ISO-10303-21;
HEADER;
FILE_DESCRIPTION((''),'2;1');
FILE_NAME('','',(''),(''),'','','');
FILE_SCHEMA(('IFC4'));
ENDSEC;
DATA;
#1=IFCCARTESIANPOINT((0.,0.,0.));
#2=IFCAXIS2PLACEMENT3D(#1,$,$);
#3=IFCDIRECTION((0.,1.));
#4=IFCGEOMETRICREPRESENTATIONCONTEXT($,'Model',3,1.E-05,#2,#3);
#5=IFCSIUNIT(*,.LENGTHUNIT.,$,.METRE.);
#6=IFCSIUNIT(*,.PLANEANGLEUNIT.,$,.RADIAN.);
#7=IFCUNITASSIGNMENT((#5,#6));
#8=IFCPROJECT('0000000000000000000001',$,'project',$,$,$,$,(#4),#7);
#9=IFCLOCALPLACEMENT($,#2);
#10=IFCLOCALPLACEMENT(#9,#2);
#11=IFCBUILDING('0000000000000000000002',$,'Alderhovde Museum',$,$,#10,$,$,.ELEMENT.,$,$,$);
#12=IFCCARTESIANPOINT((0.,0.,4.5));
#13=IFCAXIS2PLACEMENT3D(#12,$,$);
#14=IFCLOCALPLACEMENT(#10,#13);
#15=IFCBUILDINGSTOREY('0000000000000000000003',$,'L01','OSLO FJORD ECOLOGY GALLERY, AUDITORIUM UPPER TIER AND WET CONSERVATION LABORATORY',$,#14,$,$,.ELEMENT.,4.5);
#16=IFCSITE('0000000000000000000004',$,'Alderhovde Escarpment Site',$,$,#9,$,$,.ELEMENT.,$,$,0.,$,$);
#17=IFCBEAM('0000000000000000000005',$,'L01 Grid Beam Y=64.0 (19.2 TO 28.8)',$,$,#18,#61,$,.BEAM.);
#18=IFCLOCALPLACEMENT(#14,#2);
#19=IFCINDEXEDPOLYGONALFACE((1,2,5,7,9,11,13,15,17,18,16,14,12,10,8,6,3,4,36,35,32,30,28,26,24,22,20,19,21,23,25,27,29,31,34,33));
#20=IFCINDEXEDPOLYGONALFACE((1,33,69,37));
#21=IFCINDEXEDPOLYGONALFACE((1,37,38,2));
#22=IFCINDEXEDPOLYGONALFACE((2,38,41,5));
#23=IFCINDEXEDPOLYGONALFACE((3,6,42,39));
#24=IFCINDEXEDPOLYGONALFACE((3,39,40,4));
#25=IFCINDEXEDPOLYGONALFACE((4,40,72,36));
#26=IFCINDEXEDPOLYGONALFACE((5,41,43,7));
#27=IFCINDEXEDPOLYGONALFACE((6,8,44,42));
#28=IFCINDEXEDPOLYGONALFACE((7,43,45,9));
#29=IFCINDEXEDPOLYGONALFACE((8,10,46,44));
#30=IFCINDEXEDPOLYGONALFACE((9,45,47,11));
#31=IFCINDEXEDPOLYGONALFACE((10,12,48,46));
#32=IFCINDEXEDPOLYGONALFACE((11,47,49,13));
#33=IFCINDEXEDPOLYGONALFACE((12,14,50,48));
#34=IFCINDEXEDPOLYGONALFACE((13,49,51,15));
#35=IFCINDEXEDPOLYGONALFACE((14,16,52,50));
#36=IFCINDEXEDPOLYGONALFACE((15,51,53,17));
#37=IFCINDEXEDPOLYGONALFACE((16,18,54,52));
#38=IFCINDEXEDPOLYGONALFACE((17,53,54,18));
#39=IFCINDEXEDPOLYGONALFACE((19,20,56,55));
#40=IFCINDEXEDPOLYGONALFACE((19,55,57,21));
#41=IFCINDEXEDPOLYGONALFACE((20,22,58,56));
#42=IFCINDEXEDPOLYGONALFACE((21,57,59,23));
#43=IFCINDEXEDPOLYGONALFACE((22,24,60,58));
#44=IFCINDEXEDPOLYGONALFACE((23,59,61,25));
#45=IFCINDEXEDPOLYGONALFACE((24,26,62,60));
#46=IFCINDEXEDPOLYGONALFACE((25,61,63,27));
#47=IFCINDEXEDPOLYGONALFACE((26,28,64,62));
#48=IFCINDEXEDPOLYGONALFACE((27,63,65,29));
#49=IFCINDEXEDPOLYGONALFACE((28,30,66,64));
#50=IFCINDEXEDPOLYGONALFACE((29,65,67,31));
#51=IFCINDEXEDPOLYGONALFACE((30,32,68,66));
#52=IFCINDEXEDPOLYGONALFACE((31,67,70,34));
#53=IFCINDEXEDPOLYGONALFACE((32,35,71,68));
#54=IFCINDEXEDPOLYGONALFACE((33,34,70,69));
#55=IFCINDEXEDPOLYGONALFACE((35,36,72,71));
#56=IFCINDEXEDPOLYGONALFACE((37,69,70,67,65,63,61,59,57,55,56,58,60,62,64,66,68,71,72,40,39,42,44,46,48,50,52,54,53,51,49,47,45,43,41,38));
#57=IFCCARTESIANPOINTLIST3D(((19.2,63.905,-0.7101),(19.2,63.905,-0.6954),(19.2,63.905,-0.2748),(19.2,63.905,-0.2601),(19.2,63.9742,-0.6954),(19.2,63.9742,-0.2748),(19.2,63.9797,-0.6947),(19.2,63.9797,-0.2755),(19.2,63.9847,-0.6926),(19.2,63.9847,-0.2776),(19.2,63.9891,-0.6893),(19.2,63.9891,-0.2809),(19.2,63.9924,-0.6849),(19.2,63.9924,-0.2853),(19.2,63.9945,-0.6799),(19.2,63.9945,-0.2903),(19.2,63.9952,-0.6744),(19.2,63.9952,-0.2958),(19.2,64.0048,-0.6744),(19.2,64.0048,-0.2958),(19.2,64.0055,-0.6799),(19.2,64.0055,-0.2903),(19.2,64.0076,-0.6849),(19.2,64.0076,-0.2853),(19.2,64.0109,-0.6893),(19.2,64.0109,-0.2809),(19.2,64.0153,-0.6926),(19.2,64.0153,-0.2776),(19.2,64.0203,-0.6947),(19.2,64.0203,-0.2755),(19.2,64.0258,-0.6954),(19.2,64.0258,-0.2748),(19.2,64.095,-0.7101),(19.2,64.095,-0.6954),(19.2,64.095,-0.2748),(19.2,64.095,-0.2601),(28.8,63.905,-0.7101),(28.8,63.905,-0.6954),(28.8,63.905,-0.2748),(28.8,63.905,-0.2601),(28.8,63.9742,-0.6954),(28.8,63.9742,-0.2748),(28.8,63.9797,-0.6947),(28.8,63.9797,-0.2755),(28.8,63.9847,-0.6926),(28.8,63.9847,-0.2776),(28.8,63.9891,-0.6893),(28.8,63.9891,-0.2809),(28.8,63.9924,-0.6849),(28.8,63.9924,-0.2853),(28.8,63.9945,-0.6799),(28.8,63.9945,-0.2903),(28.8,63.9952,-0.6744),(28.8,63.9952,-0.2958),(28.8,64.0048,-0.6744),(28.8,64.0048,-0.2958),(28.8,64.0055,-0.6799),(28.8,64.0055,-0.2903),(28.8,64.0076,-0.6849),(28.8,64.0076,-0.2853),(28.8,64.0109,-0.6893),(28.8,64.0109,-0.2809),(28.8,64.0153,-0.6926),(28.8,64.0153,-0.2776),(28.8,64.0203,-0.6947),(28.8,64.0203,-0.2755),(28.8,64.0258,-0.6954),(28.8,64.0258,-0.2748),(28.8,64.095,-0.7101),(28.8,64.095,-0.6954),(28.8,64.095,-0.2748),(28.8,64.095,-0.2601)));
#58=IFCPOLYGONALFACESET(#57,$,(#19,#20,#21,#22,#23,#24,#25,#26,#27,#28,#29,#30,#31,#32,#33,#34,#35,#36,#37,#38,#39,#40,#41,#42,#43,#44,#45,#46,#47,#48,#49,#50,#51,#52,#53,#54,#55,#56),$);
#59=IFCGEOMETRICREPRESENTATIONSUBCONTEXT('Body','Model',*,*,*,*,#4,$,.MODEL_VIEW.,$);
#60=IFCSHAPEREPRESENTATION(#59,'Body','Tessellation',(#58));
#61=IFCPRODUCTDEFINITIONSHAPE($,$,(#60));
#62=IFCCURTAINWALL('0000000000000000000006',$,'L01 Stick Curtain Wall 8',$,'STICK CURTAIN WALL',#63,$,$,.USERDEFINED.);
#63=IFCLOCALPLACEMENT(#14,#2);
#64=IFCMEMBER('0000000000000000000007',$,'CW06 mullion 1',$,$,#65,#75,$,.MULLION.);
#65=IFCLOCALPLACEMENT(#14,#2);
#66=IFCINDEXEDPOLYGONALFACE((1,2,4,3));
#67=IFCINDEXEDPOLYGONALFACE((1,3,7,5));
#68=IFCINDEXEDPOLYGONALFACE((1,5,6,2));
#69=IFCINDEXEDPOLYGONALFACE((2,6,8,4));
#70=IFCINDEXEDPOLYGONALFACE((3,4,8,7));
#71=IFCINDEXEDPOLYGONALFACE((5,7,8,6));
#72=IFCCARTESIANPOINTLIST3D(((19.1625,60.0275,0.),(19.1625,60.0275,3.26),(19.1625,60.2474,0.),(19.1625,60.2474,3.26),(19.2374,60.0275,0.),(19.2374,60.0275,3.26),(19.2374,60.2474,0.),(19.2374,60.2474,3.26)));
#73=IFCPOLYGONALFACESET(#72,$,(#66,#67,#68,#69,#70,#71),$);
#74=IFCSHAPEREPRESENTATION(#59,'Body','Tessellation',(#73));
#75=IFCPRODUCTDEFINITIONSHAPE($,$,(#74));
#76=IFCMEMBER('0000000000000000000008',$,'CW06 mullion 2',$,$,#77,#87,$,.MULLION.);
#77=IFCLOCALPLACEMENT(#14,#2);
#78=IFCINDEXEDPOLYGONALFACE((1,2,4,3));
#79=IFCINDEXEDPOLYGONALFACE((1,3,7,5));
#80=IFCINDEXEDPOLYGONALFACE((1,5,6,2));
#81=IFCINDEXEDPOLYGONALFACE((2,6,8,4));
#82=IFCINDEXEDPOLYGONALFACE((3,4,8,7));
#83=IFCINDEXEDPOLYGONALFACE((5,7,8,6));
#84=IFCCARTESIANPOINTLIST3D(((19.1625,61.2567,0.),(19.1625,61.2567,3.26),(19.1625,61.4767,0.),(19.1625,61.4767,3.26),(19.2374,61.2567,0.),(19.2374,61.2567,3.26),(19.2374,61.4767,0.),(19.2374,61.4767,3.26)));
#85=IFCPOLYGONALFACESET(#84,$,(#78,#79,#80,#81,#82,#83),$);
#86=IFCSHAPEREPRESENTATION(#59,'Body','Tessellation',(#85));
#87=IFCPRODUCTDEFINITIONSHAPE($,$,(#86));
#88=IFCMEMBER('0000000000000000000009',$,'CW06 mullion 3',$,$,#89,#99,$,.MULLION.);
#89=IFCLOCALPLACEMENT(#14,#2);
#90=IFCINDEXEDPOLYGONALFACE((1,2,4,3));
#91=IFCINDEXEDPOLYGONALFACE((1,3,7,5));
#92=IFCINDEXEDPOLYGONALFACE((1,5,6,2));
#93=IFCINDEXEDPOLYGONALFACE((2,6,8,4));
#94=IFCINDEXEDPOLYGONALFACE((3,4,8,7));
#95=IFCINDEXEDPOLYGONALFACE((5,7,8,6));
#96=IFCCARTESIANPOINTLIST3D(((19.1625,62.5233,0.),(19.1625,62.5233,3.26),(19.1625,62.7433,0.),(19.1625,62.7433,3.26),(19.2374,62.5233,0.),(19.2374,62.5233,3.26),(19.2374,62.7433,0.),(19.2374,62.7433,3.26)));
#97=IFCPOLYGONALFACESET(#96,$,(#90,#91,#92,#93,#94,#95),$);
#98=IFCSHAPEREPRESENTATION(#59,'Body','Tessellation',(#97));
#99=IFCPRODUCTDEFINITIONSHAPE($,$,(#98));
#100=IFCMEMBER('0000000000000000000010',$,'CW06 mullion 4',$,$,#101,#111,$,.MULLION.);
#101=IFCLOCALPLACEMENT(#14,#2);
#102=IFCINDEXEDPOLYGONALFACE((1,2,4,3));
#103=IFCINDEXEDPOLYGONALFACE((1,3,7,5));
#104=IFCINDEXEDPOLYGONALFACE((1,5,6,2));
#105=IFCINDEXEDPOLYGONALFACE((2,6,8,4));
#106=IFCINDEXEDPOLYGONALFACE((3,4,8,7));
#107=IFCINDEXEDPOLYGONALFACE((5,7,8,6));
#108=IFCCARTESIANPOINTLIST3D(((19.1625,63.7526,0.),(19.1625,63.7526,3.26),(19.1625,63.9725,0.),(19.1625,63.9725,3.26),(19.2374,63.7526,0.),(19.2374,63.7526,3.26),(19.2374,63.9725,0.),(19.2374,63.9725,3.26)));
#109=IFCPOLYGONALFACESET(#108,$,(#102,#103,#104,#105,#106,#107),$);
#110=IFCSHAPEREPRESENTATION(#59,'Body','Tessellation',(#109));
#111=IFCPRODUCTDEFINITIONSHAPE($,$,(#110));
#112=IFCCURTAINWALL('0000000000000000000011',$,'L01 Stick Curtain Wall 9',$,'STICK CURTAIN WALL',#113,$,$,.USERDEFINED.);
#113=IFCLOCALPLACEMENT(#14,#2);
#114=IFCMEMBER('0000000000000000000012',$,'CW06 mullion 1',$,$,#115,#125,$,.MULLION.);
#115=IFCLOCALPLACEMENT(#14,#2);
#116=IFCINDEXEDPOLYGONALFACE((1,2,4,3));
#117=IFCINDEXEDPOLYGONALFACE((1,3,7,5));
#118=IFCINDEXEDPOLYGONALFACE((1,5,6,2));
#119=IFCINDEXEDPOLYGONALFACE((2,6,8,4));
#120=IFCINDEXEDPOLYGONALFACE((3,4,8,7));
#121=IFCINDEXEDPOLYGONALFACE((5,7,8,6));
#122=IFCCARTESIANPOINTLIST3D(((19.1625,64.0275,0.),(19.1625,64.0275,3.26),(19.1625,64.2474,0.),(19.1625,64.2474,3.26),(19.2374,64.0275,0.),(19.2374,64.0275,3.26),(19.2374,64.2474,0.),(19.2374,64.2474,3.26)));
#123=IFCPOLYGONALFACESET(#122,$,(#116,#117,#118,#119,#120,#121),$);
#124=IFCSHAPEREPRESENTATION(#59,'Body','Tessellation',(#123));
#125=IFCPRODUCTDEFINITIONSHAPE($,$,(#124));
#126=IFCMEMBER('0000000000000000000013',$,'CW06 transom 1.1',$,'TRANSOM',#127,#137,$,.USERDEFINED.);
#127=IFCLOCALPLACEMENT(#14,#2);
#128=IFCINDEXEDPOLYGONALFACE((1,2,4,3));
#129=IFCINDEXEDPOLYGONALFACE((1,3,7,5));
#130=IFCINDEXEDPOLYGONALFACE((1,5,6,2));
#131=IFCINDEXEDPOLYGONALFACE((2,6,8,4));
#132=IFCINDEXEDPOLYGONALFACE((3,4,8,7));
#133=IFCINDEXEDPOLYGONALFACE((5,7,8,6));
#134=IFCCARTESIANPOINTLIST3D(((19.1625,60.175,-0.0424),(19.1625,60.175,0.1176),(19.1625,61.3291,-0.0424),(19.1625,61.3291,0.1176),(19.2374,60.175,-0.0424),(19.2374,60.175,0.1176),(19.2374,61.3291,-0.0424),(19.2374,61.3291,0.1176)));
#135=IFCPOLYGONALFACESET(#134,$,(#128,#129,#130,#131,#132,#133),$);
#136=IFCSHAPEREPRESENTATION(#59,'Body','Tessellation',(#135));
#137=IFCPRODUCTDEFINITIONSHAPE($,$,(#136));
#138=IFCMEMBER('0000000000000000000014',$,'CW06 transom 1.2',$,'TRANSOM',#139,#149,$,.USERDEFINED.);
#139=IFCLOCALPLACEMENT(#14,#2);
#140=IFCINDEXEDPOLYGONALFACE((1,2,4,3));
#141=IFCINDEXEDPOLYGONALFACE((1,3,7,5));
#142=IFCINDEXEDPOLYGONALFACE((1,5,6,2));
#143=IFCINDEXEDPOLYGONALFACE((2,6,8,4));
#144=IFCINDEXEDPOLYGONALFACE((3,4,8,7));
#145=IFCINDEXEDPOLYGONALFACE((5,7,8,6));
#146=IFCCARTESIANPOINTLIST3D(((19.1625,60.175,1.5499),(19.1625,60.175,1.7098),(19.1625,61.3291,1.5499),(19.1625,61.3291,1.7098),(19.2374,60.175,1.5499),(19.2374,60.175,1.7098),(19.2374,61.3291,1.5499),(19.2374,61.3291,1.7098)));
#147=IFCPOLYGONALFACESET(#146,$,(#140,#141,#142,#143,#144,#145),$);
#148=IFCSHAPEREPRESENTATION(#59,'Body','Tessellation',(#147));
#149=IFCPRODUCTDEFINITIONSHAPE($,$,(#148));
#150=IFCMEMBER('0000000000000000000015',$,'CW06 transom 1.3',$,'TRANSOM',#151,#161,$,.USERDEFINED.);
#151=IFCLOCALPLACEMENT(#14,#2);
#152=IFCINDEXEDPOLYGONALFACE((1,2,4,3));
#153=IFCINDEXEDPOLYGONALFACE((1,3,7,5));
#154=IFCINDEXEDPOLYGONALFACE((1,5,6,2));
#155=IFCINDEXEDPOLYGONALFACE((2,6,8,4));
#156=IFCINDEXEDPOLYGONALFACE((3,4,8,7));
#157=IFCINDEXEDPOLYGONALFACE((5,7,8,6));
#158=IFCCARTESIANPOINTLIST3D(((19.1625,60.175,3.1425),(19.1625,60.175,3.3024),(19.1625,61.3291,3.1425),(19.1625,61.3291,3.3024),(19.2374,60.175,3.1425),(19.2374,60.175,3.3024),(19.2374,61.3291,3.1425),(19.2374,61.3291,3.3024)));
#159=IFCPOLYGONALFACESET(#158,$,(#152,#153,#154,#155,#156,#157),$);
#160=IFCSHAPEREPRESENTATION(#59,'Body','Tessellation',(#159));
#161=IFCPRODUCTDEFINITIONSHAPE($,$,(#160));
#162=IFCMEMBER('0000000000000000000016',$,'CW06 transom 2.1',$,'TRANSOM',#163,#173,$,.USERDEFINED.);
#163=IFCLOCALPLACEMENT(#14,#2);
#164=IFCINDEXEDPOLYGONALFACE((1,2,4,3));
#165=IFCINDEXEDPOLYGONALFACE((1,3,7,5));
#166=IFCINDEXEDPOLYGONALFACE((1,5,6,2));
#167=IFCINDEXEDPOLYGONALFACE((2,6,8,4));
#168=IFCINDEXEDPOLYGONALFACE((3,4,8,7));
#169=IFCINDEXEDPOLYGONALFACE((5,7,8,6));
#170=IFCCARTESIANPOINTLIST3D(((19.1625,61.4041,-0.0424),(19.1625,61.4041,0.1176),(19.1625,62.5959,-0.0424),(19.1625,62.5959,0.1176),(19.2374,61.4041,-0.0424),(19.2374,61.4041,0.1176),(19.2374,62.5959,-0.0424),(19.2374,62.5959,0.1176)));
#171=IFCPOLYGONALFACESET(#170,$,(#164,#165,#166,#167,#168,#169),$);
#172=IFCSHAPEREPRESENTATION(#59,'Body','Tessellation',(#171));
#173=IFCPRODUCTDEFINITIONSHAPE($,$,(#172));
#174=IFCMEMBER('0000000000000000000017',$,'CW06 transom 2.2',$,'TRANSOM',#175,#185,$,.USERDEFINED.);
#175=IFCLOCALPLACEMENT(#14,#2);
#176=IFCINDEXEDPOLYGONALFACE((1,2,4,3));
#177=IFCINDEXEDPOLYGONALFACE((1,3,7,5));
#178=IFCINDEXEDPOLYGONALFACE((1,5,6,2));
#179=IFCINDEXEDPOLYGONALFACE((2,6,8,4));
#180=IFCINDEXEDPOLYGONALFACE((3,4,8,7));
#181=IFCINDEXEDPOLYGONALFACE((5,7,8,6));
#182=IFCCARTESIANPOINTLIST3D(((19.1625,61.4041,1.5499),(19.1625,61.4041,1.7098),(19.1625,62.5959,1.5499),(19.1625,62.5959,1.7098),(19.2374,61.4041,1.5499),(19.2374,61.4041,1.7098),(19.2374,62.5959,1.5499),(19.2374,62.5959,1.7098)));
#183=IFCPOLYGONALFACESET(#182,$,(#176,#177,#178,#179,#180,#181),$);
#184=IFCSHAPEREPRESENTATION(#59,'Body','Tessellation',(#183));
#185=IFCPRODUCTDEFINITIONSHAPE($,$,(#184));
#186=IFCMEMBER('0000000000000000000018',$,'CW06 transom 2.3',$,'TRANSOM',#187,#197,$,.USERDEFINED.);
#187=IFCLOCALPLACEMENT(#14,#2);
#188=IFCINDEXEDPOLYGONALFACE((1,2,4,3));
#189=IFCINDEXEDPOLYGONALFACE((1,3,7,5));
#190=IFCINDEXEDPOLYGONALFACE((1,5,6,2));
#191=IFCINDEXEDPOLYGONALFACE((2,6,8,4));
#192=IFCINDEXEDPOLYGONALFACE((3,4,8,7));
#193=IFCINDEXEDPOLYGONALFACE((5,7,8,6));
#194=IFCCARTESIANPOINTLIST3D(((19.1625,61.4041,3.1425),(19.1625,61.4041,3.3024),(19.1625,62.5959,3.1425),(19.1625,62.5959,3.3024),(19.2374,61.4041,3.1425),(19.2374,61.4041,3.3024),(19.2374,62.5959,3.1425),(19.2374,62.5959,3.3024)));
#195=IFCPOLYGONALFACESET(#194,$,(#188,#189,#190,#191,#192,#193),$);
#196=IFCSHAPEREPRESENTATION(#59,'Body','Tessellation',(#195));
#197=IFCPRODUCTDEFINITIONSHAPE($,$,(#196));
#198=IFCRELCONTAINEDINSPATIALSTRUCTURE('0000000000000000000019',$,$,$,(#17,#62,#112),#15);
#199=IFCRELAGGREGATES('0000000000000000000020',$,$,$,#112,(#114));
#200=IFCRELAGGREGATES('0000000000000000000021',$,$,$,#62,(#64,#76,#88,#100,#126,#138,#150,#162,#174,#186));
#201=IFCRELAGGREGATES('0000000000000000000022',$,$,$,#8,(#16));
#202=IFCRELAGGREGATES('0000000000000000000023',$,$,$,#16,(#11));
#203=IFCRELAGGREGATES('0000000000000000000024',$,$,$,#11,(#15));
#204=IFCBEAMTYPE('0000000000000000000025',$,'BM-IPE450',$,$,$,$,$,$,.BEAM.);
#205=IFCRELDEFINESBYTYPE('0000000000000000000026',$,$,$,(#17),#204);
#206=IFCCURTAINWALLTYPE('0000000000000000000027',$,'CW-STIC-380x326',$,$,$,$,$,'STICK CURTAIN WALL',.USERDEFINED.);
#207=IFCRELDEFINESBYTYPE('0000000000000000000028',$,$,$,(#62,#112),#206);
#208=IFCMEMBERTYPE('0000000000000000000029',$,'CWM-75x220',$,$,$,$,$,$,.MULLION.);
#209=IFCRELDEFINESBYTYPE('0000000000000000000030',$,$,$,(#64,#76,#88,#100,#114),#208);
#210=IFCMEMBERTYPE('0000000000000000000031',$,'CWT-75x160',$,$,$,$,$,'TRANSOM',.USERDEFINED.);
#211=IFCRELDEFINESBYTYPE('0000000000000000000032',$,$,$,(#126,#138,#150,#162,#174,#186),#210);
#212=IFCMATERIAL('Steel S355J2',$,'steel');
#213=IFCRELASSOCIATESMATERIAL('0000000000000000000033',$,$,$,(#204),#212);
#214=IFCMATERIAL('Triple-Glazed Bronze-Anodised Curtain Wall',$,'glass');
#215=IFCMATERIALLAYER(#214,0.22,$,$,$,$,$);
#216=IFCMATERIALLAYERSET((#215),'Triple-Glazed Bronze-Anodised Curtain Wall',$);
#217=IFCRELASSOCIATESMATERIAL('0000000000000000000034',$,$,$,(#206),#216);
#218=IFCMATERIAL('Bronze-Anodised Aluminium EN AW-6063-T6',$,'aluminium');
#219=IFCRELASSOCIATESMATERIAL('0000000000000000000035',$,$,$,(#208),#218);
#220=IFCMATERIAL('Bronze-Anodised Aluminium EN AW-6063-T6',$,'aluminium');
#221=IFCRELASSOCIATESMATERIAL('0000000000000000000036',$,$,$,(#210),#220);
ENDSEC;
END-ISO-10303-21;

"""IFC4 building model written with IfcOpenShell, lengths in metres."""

from ifc_helpers import new_model, si_unit, direction, frame, origin, origin_2d, place, context, subcontext, project, spatial, rectangle, i_section, extrude, material, layer, layer_set, material_profile, profile_set, type_object, element, aggregate, save


model = new_model("IFC4")

# Units and contexts
model_context = context("Model", 3, precision=1e-05, world=origin(), true_north=direction((0.0, 1.0)))
body_context = subcontext(model_context, "Body", "Model", "MODEL_VIEW")
ifc_project = project(units=[si_unit("LENGTHUNIT", "METRE"), si_unit("PLANEANGLEUNIT", "RADIAN")], contexts=[model_context])

# Site, building, storey
site_placement = place(None, origin())
site = spatial("IfcSite", under=ifc_project, at=site_placement, Name="Alderhovde Escarpment Site", CompositionType="ELEMENT", RefElevation=0.0)
building_placement = place(site_placement, origin())
building = spatial("IfcBuilding", under=site, at=building_placement, Name="Alderhovde Museum", CompositionType="ELEMENT")
storey_placement = place(building_placement, frame((0.0, 0.0, 4.5)))
storey = spatial("IfcBuildingStorey", under=building, at=storey_placement, Name="L01", Description="OSLO FJORD ECOLOGY GALLERY, AUDITORIUM UPPER TIER AND WET CONSERVATION LABORATORY", CompositionType="ELEMENT", Elevation=4.5)

# Beam
ifc_material_1 = material(Name="Steel S355J2", Category="steel")
ifc_material_profile_1 = material_profile(ifc_material_1, i_section(OverallWidth=0.1899, OverallDepth=0.45, WebThickness=0.0095, FlangeThickness=0.0146, FilletRadius=0.021, at=origin_2d()), Name="IPE 450")
ifc_profile_set_1 = profile_set([ifc_material_profile_1], Name="Steel S355J2")
beam_type_1 = type_object("IfcBeamType", Name="BM-IPE450", PredefinedType="BEAM", material=ifc_profile_set_1)
beam_1_placement = place(storey_placement, frame((19.2, 64.0, -0.4851), z_axis=(1.0, 0.0, 0.0), x_axis=(0.0, 1.0, 0.0)))
element("IfcBeam", 1, at=beam_1_placement, inside=storey, type_object=beam_type_1, Name="L01 Grid Beam Y=64.0 (19.2 TO 28.8)", PredefinedType="BEAM", context=body_context, shape_type="SweptSolid", body=[
    extrude(i_section(OverallWidth=0.1899, OverallDepth=0.45, WebThickness=0.0095, FlangeThickness=0.0146, FilletRadius=0.021, at=origin_2d()), origin(), (0.0, 0.0, 1.0), 9.6001),
])

# Curtain wall, members
ifc_material_2 = material(Name="Triple-Glazed Bronze-Anodised Curtain Wall", Category="glass")
ifc_layer_1 = layer(ifc_material_2, 0.22)
ifc_layer_set_1 = layer_set([ifc_layer_1], Name="Triple-Glazed Bronze-Anodised Curtain Wall")
curtain_wall_type = type_object("IfcCurtainWallType", Name="CW-STIC-380x326", ElementType="STICK CURTAIN WALL", PredefinedType="USERDEFINED", material=ifc_layer_set_1)
curtain_wall_1_placement = place(storey_placement, origin())
curtain_wall_1 = element("IfcCurtainWall", 2, at=curtain_wall_1_placement, inside=storey, type_object=curtain_wall_type, Name="L01 Stick Curtain Wall 8", ObjectType="STICK CURTAIN WALL", PredefinedType="USERDEFINED")
ifc_material_3 = material(Name="Bronze-Anodised Aluminium EN AW-6063-T6", Category="aluminium")
ifc_material_profile_2 = material_profile(ifc_material_3, rectangle(XDim=0.075, YDim=0.22, at=origin_2d()), Name="MULLION 75x220")
ifc_profile_set_2 = profile_set([ifc_material_profile_2], Name="Bronze-Anodised Aluminium EN AW-6063-T6")
member_type_1 = type_object("IfcMemberType", Name="CWM-75x220", PredefinedType="MULLION", material=ifc_profile_set_2)
member_1_placement = place(storey_placement, frame((19.2, 60.1375, 0.0), z_axis=(0.0, 0.0, 1.0), x_axis=(-1.0, 0.0, 0.0)))
member_1 = element("IfcMember", 3, at=member_1_placement, type_object=member_type_1, Name="CW06 mullion 1", PredefinedType="MULLION", context=body_context, shape_type="SweptSolid", body=[
    extrude(rectangle(XDim=0.075, YDim=0.22, at=origin_2d()), origin(), (0.0, 0.0, 1.0), 3.26),
])
member_2_placement = place(storey_placement, frame((19.2, 61.3667, 0.0), z_axis=(0.0, 0.0, 1.0), x_axis=(-1.0, 0.0, 0.0)))
member_2 = element("IfcMember", 4, at=member_2_placement, type_object=member_type_1, Name="CW06 mullion 2", PredefinedType="MULLION", context=body_context, shape_type="SweptSolid", body=[
    extrude(rectangle(XDim=0.075, YDim=0.22, at=origin_2d()), origin(), (0.0, 0.0, 1.0), 3.26),
])
member_3_placement = place(storey_placement, frame((19.2, 62.6333, 0.0), z_axis=(0.0, 0.0, 1.0), x_axis=(-1.0, 0.0, 0.0)))
member_3 = element("IfcMember", 5, at=member_3_placement, type_object=member_type_1, Name="CW06 mullion 3", PredefinedType="MULLION", context=body_context, shape_type="SweptSolid", body=[
    extrude(rectangle(XDim=0.075, YDim=0.22, at=origin_2d()), origin(), (0.0, 0.0, 1.0), 3.26),
])
member_4_placement = place(storey_placement, frame((19.2, 63.8625, 0.0), z_axis=(0.0, 0.0, 1.0), x_axis=(-1.0, 0.0, 0.0)))
member_4 = element("IfcMember", 6, at=member_4_placement, type_object=member_type_1, Name="CW06 mullion 4", PredefinedType="MULLION", context=body_context, shape_type="SweptSolid", body=[
    extrude(rectangle(XDim=0.075, YDim=0.22, at=origin_2d()), origin(), (0.0, 0.0, 1.0), 3.26),
])

# Curtain wall, member
curtain_wall_2_placement = place(storey_placement, origin())
curtain_wall_2 = element("IfcCurtainWall", 7, at=curtain_wall_2_placement, inside=storey, type_object=curtain_wall_type, Name="L01 Stick Curtain Wall 9", ObjectType="STICK CURTAIN WALL", PredefinedType="USERDEFINED")
member_5_placement = place(storey_placement, frame((19.2, 64.1375, 0.0), z_axis=(0.0, 0.0, 1.0), x_axis=(-1.0, 0.0, 0.0)))
member_5 = element("IfcMember", 8, at=member_5_placement, type_object=member_type_1, Name="CW06 mullion 1", PredefinedType="MULLION", context=body_context, shape_type="SweptSolid", body=[
    extrude(rectangle(XDim=0.075, YDim=0.22, at=origin_2d()), origin(), (0.0, 0.0, 1.0), 3.26),
])

# Members
ifc_material_4 = material(Name="Bronze-Anodised Aluminium EN AW-6063-T6", Category="aluminium")
ifc_material_profile_3 = material_profile(ifc_material_4, rectangle(XDim=0.075, YDim=0.1599, at=origin_2d()), Name="TRANSOM 75x160")
ifc_profile_set_3 = profile_set([ifc_material_profile_3], Name="Bronze-Anodised Aluminium EN AW-6063-T6")
member_type_2 = type_object("IfcMemberType", Name="CWT-75x160", ElementType="TRANSOM", PredefinedType="USERDEFINED", material=ifc_profile_set_3)
member_6_placement = place(storey_placement, frame((19.2, 60.175, 0.0376), z_axis=(0.0, 1.0, 0.0), x_axis=(-1.0, 0.0, 0.0)))
member_6 = element("IfcMember", 9, at=member_6_placement, type_object=member_type_2, Name="CW06 transom 1.1", ObjectType="TRANSOM", PredefinedType="USERDEFINED", context=body_context, shape_type="SweptSolid", body=[
    extrude(rectangle(XDim=0.075, YDim=0.1599, at=origin_2d()), origin(), (0.0, 0.0, 1.0), 1.1541),
])
member_7_placement = place(storey_placement, frame((19.2, 60.175, 1.6299), z_axis=(0.0, 1.0, 0.0), x_axis=(-1.0, 0.0, 0.0)))
member_7 = element("IfcMember", 10, at=member_7_placement, type_object=member_type_2, Name="CW06 transom 1.2", ObjectType="TRANSOM", PredefinedType="USERDEFINED", context=body_context, shape_type="SweptSolid", body=[
    extrude(rectangle(XDim=0.075, YDim=0.1599, at=origin_2d()), origin(), (0.0, 0.0, 1.0), 1.1541),
])
member_8_placement = place(storey_placement, frame((19.2, 60.175, 3.2224), z_axis=(0.0, 1.0, 0.0), x_axis=(-1.0, 0.0, 0.0)))
member_8 = element("IfcMember", 11, at=member_8_placement, type_object=member_type_2, Name="CW06 transom 1.3", ObjectType="TRANSOM", PredefinedType="USERDEFINED", context=body_context, shape_type="SweptSolid", body=[
    extrude(rectangle(XDim=0.075, YDim=0.1599, at=origin_2d()), origin(), (0.0, 0.0, 1.0), 1.1541),
])
member_9_placement = place(storey_placement, frame((19.2, 61.4041, 0.0376), z_axis=(0.0, 1.0, 0.0), x_axis=(-1.0, 0.0, 0.0)))
member_9 = element("IfcMember", 12, at=member_9_placement, type_object=member_type_2, Name="CW06 transom 2.1", ObjectType="TRANSOM", PredefinedType="USERDEFINED", context=body_context, shape_type="SweptSolid", body=[
    extrude(rectangle(XDim=0.075, YDim=0.1599, at=origin_2d()), origin(), (0.0, 0.0, 1.0), 1.1919),
])
member_10_placement = place(storey_placement, frame((19.2, 61.4041, 1.6299), z_axis=(0.0, 1.0, 0.0), x_axis=(-1.0, 0.0, 0.0)))
member_10 = element("IfcMember", 13, at=member_10_placement, type_object=member_type_2, Name="CW06 transom 2.2", ObjectType="TRANSOM", PredefinedType="USERDEFINED", context=body_context, shape_type="SweptSolid", body=[
    extrude(rectangle(XDim=0.075, YDim=0.1599, at=origin_2d()), origin(), (0.0, 0.0, 1.0), 1.1919),
])
member_11_placement = place(storey_placement, frame((19.2, 61.4041, 3.2224), z_axis=(0.0, 1.0, 0.0), x_axis=(-1.0, 0.0, 0.0)))
member_11 = element("IfcMember", 14, at=member_11_placement, type_object=member_type_2, Name="CW06 transom 2.3", ObjectType="TRANSOM", PredefinedType="USERDEFINED", context=body_context, shape_type="SweptSolid", body=[
    extrude(rectangle(XDim=0.075, YDim=0.1599, at=origin_2d()), origin(), (0.0, 0.0, 1.0), 1.1919),
])
aggregate(curtain_wall_2, [member_5])

aggregate(curtain_wall_1, [member_1, member_2, member_3, member_4, member_6, member_7, member_8, member_9, member_10, member_11])

save(model, "model.ifc")
